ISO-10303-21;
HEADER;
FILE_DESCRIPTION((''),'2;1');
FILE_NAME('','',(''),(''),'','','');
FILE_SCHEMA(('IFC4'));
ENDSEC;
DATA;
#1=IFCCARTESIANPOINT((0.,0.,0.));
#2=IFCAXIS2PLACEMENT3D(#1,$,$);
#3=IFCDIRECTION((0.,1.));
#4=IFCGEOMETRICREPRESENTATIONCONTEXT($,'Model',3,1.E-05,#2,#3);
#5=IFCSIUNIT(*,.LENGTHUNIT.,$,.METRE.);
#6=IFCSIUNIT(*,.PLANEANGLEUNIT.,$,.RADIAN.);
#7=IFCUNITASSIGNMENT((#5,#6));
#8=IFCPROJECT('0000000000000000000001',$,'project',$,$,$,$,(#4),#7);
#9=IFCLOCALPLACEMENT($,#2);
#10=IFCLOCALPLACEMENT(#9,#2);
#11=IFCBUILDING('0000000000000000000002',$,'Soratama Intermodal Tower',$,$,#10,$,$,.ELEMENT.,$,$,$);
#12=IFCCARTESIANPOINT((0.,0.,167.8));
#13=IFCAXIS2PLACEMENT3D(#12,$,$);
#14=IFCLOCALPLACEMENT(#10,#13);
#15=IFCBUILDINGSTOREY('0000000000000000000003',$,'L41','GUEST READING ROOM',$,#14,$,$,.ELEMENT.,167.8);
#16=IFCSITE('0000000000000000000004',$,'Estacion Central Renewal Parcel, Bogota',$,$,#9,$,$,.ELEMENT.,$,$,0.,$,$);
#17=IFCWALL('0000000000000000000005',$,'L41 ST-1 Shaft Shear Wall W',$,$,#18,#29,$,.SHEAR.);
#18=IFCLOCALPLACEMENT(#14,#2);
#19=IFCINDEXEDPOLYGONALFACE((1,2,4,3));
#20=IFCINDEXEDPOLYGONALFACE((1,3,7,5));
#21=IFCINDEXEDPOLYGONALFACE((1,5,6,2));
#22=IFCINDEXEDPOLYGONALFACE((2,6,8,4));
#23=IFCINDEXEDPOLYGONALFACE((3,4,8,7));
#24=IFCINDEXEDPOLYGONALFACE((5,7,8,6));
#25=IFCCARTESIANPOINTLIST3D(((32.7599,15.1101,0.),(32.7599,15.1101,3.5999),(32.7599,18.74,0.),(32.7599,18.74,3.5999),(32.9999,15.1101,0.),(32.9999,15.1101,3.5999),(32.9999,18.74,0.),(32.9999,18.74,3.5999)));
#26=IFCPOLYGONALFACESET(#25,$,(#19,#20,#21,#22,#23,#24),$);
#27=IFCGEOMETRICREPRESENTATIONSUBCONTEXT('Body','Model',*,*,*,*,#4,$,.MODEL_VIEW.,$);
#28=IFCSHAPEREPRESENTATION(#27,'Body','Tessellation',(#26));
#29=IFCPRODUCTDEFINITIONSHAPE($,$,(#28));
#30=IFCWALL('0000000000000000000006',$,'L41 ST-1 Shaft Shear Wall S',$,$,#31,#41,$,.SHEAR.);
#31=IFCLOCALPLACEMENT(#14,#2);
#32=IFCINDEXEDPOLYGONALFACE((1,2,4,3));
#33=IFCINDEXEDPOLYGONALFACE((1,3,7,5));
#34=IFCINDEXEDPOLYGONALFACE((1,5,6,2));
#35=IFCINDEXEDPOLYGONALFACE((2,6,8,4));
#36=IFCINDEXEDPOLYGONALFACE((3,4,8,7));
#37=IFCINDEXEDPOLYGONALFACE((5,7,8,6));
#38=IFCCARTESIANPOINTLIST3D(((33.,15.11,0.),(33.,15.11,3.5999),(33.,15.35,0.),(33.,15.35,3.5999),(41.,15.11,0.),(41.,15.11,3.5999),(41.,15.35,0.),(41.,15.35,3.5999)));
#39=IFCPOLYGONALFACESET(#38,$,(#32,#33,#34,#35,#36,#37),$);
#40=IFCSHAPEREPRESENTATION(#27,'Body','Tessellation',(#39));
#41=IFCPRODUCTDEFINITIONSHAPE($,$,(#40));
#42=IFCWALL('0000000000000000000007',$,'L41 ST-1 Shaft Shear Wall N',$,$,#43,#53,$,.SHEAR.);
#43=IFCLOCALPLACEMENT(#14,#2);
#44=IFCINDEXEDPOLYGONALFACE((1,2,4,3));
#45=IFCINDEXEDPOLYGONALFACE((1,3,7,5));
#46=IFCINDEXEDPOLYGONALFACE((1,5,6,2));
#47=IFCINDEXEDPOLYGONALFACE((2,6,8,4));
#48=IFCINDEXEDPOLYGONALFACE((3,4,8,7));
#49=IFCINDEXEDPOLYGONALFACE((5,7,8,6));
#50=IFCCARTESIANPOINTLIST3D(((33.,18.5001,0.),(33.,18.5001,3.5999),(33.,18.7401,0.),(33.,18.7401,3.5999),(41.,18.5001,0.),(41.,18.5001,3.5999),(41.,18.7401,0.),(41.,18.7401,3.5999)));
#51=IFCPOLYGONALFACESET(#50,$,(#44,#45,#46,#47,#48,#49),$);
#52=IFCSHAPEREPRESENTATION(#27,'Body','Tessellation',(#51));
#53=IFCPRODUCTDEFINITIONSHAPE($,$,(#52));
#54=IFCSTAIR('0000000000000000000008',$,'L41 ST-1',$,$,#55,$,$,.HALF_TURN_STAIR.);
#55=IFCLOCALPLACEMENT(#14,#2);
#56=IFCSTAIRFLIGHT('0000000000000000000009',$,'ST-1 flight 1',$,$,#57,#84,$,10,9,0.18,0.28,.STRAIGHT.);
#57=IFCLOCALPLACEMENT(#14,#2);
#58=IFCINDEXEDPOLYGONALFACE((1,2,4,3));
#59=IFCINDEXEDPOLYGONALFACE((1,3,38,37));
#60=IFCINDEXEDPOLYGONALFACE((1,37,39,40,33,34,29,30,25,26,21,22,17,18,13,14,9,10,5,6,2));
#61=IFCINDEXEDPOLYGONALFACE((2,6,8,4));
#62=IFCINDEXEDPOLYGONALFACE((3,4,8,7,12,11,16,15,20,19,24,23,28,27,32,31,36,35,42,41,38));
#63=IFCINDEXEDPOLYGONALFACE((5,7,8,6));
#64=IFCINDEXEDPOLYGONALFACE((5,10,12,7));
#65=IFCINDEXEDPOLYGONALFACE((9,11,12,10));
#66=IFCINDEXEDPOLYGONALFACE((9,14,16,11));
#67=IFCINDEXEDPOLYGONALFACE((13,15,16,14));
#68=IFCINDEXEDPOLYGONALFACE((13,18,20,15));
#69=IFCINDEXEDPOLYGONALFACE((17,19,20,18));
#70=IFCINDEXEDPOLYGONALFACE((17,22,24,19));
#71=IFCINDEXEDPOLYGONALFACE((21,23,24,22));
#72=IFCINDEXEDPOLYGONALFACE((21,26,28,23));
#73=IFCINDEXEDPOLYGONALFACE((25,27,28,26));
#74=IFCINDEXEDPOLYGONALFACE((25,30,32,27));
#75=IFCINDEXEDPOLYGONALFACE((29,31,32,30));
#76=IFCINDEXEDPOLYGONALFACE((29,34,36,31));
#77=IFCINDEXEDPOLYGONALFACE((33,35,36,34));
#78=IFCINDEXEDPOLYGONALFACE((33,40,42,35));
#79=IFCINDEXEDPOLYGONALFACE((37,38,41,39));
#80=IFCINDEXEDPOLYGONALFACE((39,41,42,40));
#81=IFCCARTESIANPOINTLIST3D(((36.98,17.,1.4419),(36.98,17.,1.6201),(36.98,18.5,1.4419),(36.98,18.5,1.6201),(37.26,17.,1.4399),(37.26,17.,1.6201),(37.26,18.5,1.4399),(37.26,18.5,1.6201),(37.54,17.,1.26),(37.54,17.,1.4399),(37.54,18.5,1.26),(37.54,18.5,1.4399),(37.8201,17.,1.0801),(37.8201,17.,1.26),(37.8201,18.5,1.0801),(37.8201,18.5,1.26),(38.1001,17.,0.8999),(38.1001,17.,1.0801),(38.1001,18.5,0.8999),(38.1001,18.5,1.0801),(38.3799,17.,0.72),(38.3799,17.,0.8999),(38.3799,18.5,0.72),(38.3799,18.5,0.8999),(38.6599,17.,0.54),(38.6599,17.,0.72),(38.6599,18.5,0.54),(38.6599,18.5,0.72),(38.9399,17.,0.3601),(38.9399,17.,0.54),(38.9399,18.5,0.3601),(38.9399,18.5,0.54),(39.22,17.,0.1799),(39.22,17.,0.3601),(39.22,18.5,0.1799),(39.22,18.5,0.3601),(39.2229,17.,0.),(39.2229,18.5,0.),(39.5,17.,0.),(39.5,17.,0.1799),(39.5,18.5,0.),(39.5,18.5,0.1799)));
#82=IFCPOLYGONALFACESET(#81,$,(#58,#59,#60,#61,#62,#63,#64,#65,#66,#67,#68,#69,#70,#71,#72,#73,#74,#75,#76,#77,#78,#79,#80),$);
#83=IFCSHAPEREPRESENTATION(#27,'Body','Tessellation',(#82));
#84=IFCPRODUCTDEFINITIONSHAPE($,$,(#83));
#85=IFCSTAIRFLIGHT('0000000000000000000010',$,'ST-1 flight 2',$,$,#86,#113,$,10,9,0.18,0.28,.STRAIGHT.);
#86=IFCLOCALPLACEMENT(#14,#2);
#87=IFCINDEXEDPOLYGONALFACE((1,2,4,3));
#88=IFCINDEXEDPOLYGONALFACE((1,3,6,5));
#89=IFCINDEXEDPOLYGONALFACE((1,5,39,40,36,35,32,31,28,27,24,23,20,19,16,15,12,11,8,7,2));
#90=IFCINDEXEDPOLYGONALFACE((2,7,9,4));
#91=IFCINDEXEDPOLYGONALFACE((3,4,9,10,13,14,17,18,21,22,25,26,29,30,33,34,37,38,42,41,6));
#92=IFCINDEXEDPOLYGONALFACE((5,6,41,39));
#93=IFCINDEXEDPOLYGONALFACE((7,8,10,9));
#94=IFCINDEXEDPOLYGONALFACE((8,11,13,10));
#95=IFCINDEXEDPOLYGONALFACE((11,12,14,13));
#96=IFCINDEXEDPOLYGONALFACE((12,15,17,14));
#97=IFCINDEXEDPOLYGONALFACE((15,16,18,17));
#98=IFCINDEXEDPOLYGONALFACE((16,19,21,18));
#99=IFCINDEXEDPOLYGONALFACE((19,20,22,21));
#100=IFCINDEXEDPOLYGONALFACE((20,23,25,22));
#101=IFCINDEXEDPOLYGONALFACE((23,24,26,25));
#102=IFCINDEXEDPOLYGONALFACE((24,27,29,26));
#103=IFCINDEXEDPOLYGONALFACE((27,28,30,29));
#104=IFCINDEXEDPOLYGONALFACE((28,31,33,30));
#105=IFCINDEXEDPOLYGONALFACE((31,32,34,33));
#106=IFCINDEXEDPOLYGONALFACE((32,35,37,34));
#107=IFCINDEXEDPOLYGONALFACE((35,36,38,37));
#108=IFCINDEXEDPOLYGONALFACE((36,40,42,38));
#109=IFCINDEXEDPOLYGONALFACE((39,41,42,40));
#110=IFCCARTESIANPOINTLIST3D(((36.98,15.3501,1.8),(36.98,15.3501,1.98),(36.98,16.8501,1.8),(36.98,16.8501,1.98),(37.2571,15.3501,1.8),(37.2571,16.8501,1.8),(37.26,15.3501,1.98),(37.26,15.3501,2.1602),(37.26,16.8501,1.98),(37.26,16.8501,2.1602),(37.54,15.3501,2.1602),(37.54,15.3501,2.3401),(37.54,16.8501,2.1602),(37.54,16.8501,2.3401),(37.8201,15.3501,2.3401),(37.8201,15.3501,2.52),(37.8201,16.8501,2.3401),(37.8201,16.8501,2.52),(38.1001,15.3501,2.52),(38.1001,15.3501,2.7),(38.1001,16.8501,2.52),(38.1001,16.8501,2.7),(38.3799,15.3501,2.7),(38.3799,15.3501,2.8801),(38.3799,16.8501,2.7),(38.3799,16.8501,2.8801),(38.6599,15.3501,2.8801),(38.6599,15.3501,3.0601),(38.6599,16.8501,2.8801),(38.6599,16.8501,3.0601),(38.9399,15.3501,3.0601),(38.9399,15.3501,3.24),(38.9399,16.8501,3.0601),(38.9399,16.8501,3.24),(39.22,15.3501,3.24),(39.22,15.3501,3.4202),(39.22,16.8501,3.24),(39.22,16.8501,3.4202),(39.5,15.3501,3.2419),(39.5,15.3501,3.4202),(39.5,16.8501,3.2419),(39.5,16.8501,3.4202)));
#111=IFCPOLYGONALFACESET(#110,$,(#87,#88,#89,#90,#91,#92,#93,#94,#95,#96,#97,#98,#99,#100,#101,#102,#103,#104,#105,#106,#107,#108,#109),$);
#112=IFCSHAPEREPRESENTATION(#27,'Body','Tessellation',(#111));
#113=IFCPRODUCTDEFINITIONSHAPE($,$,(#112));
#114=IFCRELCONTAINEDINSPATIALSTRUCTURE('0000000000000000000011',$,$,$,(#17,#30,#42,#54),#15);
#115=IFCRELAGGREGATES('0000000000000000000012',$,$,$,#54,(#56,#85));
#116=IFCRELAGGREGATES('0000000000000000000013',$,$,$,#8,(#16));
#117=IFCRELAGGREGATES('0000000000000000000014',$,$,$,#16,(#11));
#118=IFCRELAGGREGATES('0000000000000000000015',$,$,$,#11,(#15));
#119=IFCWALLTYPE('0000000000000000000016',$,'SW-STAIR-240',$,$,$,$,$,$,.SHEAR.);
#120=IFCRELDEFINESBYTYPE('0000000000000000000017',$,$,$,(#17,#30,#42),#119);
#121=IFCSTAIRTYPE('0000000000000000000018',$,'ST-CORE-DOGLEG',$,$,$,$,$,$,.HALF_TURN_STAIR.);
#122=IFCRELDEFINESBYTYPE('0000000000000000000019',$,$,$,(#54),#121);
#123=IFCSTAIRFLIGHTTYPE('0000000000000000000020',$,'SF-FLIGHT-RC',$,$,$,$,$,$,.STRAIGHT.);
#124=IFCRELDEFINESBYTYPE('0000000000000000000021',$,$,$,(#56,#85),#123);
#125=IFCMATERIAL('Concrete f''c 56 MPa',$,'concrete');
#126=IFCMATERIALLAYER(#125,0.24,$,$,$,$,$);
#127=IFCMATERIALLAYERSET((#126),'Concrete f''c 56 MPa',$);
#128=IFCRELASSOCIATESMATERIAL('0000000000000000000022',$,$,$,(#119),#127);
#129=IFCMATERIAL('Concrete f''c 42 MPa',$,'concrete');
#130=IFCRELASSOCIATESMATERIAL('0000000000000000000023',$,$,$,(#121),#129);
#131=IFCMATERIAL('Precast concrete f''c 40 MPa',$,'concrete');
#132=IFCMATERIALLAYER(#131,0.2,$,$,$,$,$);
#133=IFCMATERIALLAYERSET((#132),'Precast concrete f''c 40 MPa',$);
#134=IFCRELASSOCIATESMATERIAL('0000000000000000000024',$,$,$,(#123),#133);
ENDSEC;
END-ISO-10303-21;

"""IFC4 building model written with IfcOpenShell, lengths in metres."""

from ifc_helpers import new_model, si_unit, direction, frame, frame_2d, origin, place, context, subcontext, project, spatial, polyline, rectangle, outline, extrude, material, layer, layer_set, type_object, element, aggregate, save


model = new_model("IFC4")

# Units and contexts
model_context = context("Model", 3, precision=1e-05, world=origin(), true_north=direction((0.0, 1.0)))
body_context = subcontext(model_context, "Body", "Model", "MODEL_VIEW")
ifc_project = project(units=[si_unit("LENGTHUNIT", "METRE"), si_unit("PLANEANGLEUNIT", "RADIAN")], contexts=[model_context])

# Site, building, storey
site_placement = place(None, origin())
site = spatial("IfcSite", under=ifc_project, at=site_placement, Name="Estacion Central Renewal Parcel, Bogota", CompositionType="ELEMENT", RefElevation=0.0)
building_placement = place(site_placement, origin())
building = spatial("IfcBuilding", under=site, at=building_placement, Name="Soratama Intermodal Tower", CompositionType="ELEMENT")
storey_placement = place(building_placement, frame((0.0, 0.0, 167.8)))
storey = spatial("IfcBuildingStorey", under=building, at=storey_placement, Name="L41", Description="GUEST READING ROOM", CompositionType="ELEMENT", Elevation=167.8)

# Wall
ifc_material_1 = material(Name="Concrete f'c 56 MPa", Category="concrete")
ifc_layer_1 = layer(ifc_material_1, 0.24)
ifc_layer_set_1 = layer_set([ifc_layer_1], Name="Concrete f'c 56 MPa")
wall_type_1 = type_object("IfcWallType", Name="SW-STAIR-240", PredefinedType="SHEAR", material=ifc_layer_set_1)
wall_1_placement = place(storey_placement, frame((32.8799, 15.1101, 0.0), z_axis=(0.0, 0.0, 1.0), x_axis=(0.0, 1.0, 0.0)))
element("IfcWall", 1, at=wall_1_placement, inside=storey, type_object=wall_type_1, Name="L41 ST-1 Shaft Shear Wall W", PredefinedType="SHEAR", context=body_context, shape_type="SweptSolid", body=[
    extrude(rectangle(XDim=3.6299, YDim=0.24, at=frame_2d((1.8149, 0.0))), origin(), (0.0, 0.0, 1.0), 3.5999),
])

# Walls
for number, where, z_axis, x_axis, name in (
    (2, (33.0, 15.23, 0.0), (0.0, 0.0, 1.0), (1.0, 0.0, 0.0), "L41 ST-1 Shaft Shear Wall S"),
    (3, (33.0, 18.6201, 0.0), (0.0, 0.0, 1.0), (1.0, 0.0, 0.0), "L41 ST-1 Shaft Shear Wall N"),
):
    element("IfcWall", number, at=place(storey_placement, frame(where, z_axis=z_axis, x_axis=x_axis)), inside=storey, type_object=wall_type_1, Name=name, PredefinedType="SHEAR", context=body_context, shape_type="SweptSolid", body=[
        extrude(rectangle(XDim=8.0, YDim=0.24, at=frame_2d((4.0, 0.0))), origin(), (0.0, 0.0, 1.0), 3.5999),
    ])

# Stair, stair flights
ifc_material_2 = material(Name="Concrete f'c 42 MPa", Category="concrete")
stair_type = type_object("IfcStairType", Name="ST-CORE-DOGLEG", PredefinedType="HALF_TURN_STAIR", material=ifc_material_2)
stair_placement = place(storey_placement, origin())
stair = element("IfcStair", 4, at=stair_placement, inside=storey, type_object=stair_type, Name="L41 ST-1", PredefinedType="HALF_TURN_STAIR")
ifc_material_3 = material(Name="Precast concrete f'c 40 MPa", Category="concrete")
ifc_layer_2 = layer(ifc_material_3, 0.2)
ifc_layer_set_2 = layer_set([ifc_layer_2], Name="Precast concrete f'c 40 MPa")
stair_flight_type = type_object("IfcStairFlightType", Name="SF-FLIGHT-RC", PredefinedType="STRAIGHT", material=ifc_layer_set_2)
stair_flight_1_placement = place(storey_placement, frame((39.5, 17.75, 0.0), z_axis=(0.0, 0.0, 1.0), x_axis=(-1.0, 0.0, 0.0)))
stair_flight_1 = element("IfcStairFlight", 5, at=stair_flight_1_placement, type_object=stair_flight_type, Name="ST-1 flight 1", NumberOfRisers=10, NumberOfTreads=9, PredefinedType="STRAIGHT", RiserHeight=0.18, TreadLength=0.28, context=body_context, shape_type="SweptSolid", body=[
    extrude(outline(polyline([(0.0, 0.0), (0.0, 0.1799), (0.28, 0.1799), (0.28, 0.3601), (0.5601, 0.3601), (0.5601, 0.54), (0.8401, 0.54), (0.8401, 0.72), (1.1201, 0.72), (1.1201, 0.8999), (1.3999, 0.8999), (1.3999, 1.0801), (1.6799, 1.0801), (1.6799, 1.26), (1.96, 1.26), (1.96, 1.4399), (2.24, 1.4399), (2.24, 1.6201), (2.52, 1.6201), (2.52, 1.8), (2.52, 1.4419), (0.2771, 0.0), (0.0, 0.0)])), frame((0.0, 0.75, 0.0), z_axis=(0.0, -1.0, 0.0), x_axis=(1.0, 0.0, 0.0)), (0.0, 0.0, 1.0), 1.5),
])
stair_flight_2_placement = place(storey_placement, frame((36.98, 16.1001, 1.8), z_axis=(0.0, 0.0, 1.0), x_axis=(1.0, 0.0, 0.0)))
stair_flight_2 = element("IfcStairFlight", 6, at=stair_flight_2_placement, type_object=stair_flight_type, Name="ST-1 flight 2", NumberOfRisers=10, NumberOfTreads=9, PredefinedType="STRAIGHT", RiserHeight=0.18, TreadLength=0.28, context=body_context, shape_type="SweptSolid", body=[
    extrude(outline(polyline([(0.0, 0.0), (0.0, 0.1799), (0.28, 0.1799), (0.28, 0.3601), (0.5601, 0.3601), (0.5601, 0.54), (0.8401, 0.54), (0.8401, 0.72), (1.1201, 0.72), (1.1201, 0.8999), (1.3999, 0.8999), (1.3999, 1.0801), (1.6799, 1.0801), (1.6799, 1.26), (1.96, 1.26), (1.96, 1.4399), (2.24, 1.4399), (2.24, 1.6201), (2.52, 1.6201), (2.52, 1.8), (2.52, 1.4419), (0.2771, 0.0), (0.0, 0.0)])), frame((0.0, 0.75, 0.0), z_axis=(0.0, -1.0, 0.0), x_axis=(1.0, 0.0, 0.0)), (0.0, 0.0, 1.0), 1.5),
])
aggregate(stair, [stair_flight_1, stair_flight_2])

save(model, "model.ifc")
